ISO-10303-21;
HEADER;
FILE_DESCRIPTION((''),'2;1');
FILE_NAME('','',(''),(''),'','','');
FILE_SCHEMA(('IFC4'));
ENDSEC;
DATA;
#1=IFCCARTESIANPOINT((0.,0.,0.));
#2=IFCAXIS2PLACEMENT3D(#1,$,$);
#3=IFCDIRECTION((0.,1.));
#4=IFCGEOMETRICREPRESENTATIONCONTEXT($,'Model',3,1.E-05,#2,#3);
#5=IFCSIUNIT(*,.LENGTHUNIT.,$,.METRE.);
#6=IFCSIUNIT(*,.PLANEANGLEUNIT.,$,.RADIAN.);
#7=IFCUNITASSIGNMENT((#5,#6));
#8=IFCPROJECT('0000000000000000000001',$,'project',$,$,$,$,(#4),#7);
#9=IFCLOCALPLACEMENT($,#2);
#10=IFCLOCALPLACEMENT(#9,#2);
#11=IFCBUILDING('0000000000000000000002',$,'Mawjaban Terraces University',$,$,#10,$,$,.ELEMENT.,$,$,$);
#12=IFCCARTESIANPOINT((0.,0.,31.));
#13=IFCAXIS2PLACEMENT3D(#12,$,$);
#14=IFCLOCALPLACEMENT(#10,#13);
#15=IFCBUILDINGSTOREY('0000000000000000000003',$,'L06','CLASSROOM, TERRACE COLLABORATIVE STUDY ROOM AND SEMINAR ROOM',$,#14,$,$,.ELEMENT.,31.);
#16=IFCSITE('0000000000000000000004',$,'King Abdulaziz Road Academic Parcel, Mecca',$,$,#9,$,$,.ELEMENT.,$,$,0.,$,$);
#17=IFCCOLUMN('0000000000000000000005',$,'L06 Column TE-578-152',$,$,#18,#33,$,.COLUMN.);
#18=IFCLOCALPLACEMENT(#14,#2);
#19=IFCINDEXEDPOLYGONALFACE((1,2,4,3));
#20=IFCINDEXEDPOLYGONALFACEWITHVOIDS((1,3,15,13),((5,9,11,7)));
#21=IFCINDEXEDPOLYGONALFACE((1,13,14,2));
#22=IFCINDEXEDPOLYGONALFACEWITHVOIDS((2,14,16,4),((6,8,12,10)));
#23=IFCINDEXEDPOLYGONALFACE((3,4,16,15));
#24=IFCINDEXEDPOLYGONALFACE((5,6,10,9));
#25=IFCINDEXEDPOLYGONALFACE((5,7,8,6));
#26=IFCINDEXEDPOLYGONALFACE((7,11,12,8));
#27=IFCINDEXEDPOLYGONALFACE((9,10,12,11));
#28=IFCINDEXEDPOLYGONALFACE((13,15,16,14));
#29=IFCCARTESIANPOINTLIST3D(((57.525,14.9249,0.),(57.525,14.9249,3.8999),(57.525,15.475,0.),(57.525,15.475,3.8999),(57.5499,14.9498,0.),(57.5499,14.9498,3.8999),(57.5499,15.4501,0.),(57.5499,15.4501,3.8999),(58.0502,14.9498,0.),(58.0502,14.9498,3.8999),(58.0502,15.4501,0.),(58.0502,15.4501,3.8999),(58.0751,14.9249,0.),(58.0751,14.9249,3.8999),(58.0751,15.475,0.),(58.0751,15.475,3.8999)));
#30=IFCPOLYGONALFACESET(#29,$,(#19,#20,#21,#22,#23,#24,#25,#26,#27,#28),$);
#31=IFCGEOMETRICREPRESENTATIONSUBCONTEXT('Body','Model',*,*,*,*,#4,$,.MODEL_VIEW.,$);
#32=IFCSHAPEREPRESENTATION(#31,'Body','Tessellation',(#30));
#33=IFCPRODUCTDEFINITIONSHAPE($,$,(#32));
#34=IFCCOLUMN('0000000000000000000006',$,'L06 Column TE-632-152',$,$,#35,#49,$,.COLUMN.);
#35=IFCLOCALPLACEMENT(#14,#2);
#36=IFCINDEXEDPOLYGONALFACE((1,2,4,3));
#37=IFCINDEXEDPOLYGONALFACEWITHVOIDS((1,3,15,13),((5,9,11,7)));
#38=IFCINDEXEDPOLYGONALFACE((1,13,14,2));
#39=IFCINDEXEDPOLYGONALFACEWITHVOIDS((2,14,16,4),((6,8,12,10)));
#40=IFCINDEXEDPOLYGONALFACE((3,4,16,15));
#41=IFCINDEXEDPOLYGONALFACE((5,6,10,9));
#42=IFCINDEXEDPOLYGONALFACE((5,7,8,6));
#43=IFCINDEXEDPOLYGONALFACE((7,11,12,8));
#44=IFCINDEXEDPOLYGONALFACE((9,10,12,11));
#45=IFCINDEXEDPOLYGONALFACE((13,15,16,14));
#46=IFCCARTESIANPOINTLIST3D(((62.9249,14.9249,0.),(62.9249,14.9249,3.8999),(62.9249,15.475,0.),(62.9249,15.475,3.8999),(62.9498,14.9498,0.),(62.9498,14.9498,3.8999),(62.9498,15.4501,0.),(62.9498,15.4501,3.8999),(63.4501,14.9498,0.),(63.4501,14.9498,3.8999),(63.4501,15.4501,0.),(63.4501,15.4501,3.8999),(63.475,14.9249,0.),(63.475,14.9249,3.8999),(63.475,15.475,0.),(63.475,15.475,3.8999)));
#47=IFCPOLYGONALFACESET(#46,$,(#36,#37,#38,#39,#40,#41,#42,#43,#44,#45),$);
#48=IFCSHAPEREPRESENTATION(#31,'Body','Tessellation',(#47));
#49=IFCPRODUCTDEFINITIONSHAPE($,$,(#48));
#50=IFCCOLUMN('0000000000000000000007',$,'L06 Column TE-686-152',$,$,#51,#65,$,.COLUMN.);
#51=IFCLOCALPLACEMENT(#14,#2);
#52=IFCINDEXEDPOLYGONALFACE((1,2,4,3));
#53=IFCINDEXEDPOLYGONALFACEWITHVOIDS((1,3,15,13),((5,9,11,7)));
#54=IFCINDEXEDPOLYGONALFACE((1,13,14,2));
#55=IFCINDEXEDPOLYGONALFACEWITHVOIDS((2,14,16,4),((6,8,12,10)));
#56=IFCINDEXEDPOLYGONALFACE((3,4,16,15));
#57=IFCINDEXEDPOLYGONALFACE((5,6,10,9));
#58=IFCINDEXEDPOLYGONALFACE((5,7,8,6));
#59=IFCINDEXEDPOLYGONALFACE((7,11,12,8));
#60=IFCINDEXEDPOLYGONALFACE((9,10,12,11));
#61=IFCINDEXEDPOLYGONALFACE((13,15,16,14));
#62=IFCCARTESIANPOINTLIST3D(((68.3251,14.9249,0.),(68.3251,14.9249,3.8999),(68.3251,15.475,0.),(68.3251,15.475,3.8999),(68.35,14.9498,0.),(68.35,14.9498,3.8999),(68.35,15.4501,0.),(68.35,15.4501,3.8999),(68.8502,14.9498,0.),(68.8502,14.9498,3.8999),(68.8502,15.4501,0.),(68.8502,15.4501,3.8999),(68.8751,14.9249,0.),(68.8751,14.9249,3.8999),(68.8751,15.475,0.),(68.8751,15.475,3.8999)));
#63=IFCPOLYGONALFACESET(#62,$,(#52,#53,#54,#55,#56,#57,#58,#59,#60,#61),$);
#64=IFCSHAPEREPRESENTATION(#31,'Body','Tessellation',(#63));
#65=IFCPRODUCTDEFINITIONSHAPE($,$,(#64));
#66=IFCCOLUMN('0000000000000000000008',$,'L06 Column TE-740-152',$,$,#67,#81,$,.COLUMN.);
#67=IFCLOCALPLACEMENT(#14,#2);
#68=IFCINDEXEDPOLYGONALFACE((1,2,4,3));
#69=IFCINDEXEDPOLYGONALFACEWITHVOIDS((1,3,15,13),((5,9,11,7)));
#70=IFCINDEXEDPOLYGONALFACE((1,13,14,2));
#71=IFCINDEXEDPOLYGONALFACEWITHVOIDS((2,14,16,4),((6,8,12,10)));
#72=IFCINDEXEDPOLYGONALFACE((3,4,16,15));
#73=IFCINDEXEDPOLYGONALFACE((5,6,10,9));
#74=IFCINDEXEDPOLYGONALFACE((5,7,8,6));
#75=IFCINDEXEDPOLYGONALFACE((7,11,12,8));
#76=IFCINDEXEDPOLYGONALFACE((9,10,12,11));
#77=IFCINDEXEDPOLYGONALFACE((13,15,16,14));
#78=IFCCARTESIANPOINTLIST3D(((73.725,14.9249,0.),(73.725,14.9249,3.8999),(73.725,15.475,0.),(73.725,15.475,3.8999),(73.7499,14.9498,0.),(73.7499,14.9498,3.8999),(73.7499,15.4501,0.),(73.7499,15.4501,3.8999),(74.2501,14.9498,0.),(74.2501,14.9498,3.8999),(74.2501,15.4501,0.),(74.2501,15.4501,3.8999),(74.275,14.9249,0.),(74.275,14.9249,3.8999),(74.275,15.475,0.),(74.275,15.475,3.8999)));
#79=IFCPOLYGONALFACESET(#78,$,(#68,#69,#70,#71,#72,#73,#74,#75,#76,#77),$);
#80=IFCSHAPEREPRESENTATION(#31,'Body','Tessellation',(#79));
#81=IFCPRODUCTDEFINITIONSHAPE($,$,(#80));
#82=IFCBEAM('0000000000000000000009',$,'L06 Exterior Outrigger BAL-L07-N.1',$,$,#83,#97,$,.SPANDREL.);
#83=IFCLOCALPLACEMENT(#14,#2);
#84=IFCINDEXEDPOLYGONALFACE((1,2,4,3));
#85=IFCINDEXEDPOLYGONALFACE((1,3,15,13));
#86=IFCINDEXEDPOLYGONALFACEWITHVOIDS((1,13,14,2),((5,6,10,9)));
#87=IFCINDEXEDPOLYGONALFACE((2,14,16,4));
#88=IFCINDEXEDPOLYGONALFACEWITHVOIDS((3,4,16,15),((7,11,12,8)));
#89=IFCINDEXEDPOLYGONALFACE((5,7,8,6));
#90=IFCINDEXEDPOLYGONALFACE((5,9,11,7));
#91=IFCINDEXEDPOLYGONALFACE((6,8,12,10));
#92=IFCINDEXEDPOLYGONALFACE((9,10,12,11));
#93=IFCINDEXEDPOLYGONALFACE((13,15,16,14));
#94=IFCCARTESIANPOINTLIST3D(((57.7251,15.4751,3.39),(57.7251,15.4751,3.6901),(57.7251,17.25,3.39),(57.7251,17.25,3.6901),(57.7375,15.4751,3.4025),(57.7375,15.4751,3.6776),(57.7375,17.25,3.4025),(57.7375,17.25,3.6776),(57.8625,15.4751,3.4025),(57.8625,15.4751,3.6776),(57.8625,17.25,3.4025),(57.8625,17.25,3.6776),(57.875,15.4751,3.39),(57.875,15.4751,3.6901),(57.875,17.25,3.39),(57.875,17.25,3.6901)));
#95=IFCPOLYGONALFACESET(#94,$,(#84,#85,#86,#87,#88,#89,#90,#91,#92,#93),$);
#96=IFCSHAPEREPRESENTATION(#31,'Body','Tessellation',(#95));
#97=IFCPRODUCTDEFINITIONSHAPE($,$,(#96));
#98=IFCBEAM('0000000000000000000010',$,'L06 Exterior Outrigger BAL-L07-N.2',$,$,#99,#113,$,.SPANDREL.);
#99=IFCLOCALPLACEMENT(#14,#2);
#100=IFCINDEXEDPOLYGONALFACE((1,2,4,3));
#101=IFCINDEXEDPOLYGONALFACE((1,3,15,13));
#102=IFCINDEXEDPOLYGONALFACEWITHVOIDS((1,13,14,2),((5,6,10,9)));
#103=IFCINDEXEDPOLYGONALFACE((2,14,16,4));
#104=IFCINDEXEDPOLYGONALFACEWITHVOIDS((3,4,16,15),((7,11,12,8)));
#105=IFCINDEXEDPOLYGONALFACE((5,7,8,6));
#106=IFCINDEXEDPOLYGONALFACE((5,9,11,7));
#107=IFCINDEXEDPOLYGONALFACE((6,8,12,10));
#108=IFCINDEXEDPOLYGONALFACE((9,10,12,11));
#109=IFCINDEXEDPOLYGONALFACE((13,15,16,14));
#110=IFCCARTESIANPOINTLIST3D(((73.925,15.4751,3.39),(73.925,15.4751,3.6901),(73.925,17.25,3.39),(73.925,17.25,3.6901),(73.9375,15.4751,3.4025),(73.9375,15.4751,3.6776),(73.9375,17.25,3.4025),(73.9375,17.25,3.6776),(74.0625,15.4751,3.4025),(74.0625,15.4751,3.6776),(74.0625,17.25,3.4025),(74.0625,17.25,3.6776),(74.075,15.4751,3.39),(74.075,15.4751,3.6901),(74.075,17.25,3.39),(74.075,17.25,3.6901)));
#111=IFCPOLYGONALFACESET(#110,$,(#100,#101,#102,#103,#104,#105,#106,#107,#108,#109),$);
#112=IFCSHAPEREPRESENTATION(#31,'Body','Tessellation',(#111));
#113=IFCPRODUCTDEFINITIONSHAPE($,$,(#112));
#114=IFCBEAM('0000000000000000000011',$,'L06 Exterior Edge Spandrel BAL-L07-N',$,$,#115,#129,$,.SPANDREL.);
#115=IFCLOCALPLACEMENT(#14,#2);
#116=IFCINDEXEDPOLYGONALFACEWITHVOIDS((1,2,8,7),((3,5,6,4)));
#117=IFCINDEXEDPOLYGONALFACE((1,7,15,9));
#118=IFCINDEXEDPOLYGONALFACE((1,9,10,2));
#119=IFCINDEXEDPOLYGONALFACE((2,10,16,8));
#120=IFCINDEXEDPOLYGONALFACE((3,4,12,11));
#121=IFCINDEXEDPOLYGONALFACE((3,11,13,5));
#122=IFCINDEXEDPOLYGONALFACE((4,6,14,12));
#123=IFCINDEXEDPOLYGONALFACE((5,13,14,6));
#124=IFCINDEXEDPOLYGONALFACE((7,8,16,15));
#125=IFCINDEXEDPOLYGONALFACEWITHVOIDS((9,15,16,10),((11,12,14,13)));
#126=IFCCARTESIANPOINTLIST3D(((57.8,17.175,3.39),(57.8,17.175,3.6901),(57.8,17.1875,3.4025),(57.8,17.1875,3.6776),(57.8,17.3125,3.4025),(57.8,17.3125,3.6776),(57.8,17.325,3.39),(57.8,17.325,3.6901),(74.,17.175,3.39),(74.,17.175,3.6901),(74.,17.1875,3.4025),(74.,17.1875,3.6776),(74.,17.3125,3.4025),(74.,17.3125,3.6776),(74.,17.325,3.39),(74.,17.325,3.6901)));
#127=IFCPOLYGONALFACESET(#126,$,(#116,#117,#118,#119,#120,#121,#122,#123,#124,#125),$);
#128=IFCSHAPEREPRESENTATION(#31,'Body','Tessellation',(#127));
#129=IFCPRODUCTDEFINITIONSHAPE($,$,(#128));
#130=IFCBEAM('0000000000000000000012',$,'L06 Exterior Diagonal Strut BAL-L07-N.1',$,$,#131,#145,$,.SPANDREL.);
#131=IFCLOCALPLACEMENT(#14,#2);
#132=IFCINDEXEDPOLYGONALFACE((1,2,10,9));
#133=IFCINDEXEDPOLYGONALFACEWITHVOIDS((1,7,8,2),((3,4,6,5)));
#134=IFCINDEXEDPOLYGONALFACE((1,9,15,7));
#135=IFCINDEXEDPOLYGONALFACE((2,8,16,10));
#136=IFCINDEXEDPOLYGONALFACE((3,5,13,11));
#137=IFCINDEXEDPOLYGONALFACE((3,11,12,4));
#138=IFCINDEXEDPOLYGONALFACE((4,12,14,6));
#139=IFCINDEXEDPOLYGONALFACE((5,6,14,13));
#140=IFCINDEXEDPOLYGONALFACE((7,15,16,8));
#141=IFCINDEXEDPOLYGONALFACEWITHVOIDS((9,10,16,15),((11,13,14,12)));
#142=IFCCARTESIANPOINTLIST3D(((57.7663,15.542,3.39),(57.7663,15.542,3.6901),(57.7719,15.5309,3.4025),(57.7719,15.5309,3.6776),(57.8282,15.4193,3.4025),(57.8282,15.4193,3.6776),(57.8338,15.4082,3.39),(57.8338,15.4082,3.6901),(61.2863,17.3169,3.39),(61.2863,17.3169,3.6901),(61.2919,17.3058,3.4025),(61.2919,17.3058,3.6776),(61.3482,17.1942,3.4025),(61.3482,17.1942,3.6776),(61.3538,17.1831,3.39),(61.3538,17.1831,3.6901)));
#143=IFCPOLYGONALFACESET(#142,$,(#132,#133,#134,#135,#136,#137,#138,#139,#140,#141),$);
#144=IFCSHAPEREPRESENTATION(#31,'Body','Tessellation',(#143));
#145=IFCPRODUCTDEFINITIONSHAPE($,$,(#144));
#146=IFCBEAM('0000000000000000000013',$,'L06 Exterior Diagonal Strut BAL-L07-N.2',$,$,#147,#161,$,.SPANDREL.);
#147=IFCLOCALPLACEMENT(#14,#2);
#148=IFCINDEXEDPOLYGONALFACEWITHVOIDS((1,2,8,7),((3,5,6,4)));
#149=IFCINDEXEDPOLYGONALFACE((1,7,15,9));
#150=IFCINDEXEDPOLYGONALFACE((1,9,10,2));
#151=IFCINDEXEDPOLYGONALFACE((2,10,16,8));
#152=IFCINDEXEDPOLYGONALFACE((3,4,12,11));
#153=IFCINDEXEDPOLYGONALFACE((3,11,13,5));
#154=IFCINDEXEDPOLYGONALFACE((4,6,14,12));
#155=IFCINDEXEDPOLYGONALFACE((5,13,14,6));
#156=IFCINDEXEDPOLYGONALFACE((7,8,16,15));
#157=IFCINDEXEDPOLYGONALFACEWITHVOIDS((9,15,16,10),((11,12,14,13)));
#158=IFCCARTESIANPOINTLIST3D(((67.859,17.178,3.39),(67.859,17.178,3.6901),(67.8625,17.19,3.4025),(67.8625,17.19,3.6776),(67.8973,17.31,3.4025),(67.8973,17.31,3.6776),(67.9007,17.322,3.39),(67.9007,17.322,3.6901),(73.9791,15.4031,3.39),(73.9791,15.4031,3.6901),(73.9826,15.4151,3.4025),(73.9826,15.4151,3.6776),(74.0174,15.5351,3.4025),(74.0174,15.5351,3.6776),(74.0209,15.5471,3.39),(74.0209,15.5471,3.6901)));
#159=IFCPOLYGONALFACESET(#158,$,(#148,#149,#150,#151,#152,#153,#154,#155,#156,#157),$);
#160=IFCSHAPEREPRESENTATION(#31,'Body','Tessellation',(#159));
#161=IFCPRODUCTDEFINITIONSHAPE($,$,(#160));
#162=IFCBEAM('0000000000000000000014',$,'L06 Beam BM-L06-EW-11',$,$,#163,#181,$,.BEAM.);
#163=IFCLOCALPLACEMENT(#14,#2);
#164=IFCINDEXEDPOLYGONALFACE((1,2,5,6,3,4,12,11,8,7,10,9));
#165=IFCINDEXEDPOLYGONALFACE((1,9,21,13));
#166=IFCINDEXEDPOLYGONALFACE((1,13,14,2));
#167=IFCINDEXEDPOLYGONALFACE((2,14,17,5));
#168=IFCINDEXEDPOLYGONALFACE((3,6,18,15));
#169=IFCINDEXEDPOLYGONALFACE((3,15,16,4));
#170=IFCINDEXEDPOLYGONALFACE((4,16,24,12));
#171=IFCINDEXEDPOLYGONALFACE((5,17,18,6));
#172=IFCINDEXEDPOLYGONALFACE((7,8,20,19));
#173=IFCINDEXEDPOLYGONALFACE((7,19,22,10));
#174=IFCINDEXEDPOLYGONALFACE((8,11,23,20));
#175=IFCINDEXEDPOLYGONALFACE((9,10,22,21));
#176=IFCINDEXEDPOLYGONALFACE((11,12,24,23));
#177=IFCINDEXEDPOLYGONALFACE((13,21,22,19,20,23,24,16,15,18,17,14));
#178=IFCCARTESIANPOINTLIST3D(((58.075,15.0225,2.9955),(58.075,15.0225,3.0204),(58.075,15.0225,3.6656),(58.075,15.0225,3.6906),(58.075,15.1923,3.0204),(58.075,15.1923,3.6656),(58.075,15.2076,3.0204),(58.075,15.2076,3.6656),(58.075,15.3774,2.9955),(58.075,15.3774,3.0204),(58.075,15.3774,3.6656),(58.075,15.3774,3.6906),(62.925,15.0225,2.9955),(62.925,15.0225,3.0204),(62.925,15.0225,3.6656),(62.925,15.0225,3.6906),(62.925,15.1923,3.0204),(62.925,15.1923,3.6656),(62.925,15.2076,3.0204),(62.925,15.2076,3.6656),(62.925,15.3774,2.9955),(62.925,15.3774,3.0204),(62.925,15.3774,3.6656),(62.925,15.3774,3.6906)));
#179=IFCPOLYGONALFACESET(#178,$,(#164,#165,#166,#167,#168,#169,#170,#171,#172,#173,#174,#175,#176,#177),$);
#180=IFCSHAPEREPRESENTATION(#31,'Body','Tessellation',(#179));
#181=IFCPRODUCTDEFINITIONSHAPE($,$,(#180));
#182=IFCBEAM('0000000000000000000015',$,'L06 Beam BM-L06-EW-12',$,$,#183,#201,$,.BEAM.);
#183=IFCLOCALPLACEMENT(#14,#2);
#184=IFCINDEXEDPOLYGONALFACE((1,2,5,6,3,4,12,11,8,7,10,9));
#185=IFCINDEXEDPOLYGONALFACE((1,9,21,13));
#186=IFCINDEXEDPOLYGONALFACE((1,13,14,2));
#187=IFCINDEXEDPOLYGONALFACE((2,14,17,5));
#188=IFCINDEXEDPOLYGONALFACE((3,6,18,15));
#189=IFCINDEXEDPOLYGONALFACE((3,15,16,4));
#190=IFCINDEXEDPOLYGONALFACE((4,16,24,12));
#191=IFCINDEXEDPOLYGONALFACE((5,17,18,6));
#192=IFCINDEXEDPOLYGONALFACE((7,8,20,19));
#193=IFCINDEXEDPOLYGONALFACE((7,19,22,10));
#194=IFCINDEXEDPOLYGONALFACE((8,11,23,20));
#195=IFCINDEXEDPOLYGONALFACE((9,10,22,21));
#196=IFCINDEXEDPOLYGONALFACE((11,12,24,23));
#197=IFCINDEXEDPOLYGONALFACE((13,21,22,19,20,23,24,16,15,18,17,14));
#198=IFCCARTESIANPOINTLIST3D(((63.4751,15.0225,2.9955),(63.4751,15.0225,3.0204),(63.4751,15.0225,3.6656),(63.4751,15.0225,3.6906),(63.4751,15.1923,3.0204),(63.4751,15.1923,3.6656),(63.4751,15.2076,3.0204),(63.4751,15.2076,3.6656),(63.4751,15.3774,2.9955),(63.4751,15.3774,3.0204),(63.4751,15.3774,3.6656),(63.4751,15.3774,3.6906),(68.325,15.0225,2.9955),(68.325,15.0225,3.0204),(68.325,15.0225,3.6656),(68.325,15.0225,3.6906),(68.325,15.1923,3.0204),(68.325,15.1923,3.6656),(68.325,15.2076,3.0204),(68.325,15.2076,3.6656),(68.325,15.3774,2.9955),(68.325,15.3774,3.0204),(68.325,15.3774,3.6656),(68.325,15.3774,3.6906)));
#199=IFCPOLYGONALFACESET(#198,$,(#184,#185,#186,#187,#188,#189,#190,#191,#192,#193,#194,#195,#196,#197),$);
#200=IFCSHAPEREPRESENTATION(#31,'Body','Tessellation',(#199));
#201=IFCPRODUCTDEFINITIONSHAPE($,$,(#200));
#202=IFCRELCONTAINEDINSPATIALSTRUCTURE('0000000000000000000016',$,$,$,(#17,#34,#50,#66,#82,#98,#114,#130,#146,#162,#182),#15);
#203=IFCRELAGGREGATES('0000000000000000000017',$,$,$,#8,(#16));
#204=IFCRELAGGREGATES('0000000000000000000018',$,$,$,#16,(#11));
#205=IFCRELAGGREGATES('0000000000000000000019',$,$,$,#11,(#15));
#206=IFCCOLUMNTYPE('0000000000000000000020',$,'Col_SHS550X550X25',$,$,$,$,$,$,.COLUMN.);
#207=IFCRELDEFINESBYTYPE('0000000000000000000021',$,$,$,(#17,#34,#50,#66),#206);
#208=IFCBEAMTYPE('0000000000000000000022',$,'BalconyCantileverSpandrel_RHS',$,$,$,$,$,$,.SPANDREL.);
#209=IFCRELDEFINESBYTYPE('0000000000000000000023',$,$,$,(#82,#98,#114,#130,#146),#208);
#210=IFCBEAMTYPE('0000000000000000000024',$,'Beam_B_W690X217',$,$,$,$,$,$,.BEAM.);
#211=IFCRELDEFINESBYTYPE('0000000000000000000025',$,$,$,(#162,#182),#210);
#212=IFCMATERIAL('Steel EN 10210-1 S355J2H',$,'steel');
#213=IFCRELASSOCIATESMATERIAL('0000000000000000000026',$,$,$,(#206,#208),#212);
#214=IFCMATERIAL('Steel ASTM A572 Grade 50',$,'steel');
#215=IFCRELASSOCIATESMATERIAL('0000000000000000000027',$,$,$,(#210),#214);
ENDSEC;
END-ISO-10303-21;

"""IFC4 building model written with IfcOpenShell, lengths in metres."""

from ifc_helpers import new_model, si_unit, direction, frame, origin, origin_2d, place, context, subcontext, project, spatial, hollow_rectangle, i_section, extrude, material, material_profile, profile_set, type_object, element, save


model = new_model("IFC4")

# Units and contexts
model_context = context("Model", 3, precision=1e-05, world=origin(), true_north=direction((0.0, 1.0)))
body_context = subcontext(model_context, "Body", "Model", "MODEL_VIEW")
ifc_project = project(units=[si_unit("LENGTHUNIT", "METRE"), si_unit("PLANEANGLEUNIT", "RADIAN")], contexts=[model_context])

# Site, building, storey
site_placement = place(None, origin())
site = spatial("IfcSite", under=ifc_project, at=site_placement, Name="King Abdulaziz Road Academic Parcel, Mecca", CompositionType="ELEMENT", RefElevation=0.0)
building_placement = place(site_placement, origin())
building = spatial("IfcBuilding", under=site, at=building_placement, Name="Mawjaban Terraces University", CompositionType="ELEMENT")
storey_placement = place(building_placement, frame((0.0, 0.0, 31.0)))
storey = spatial("IfcBuildingStorey", under=building, at=storey_placement, Name="L06", Description="CLASSROOM, TERRACE COLLABORATIVE STUDY ROOM AND SEMINAR ROOM", CompositionType="ELEMENT", Elevation=31.0)

# Columns
ifc_material_1 = material(Name="Steel EN 10210-1 S355J2H", Category="steel")
ifc_material_profile_1 = material_profile(ifc_material_1, hollow_rectangle(XDim=0.55, YDim=0.55, WallThickness=0.0249, at=origin_2d()), Name="SHS550X550X25")
ifc_profile_set_1 = profile_set([ifc_material_profile_1], Name="Steel EN 10210-1 S355J2H")
column_type = type_object("IfcColumnType", Name="Col_SHS550X550X25", PredefinedType="COLUMN", material=ifc_profile_set_1)
for number, where, z_axis, x_axis, name in (
    (1, (57.8, 15.2, 0.0), (0.0, 0.0, 1.0), (1.0, 0.0, 0.0), "L06 Column TE-578-152"),
    (2, (63.2, 15.2, 0.0), (0.0, 0.0, 1.0), (1.0, 0.0, 0.0), "L06 Column TE-632-152"),
    (3, (68.6001, 15.2, 0.0), (0.0, 0.0, 1.0), (1.0, 0.0, 0.0), "L06 Column TE-686-152"),
    (4, (74.0, 15.2, 0.0), (0.0, 0.0, 1.0), (1.0, 0.0, 0.0), "L06 Column TE-740-152"),
):
    element("IfcColumn", number, at=place(storey_placement, frame(where, z_axis=z_axis, x_axis=x_axis)), inside=storey, type_object=column_type, Name=name, PredefinedType="COLUMN", context=body_context, shape_type="SweptSolid", body=[
        extrude(hollow_rectangle(XDim=0.55, YDim=0.55, WallThickness=0.0249, at=origin_2d()), origin(), (0.0, 0.0, 1.0), 3.8999),
    ])

# Beams
ifc_material_profile_2 = material_profile(ifc_material_1, hollow_rectangle(XDim=0.1499, YDim=0.3, WallThickness=0.0125, at=origin_2d()), Name="RHS300X150X12.5")
ifc_profile_set_2 = profile_set([ifc_material_profile_2], Name="Steel EN 10210-1 S355J2H")
beam_type_1 = type_object("IfcBeamType", Name="BalconyCantileverSpandrel_RHS", PredefinedType="SPANDREL", material=ifc_profile_set_2)
for number, where, z_axis, x_axis, name in (
    (5, (57.8, 15.4751, 3.54), (0.0, 1.0, 0.0), (-1.0, 0.0, 0.0), "L06 Exterior Outrigger BAL-L07-N.1"),
    (6, (74.0, 15.4751, 3.54), (0.0, 1.0, 0.0), (-1.0, 0.0, 0.0), "L06 Exterior Outrigger BAL-L07-N.2"),
):
    element("IfcBeam", number, at=place(storey_placement, frame(where, z_axis=z_axis, x_axis=x_axis)), inside=storey, type_object=beam_type_1, Name=name, PredefinedType="SPANDREL", context=body_context, shape_type="SweptSolid", body=[
        extrude(hollow_rectangle(XDim=0.1499, YDim=0.3, WallThickness=0.0125, at=origin_2d()), origin(), (0.0, 0.0, 1.0), 1.7749),
    ])
beam_1_placement = place(storey_placement, frame((57.8, 17.25, 3.54), z_axis=(1.0, 0.0, 0.0), x_axis=(0.0, 1.0, 0.0)))
element("IfcBeam", 7, at=beam_1_placement, inside=storey, type_object=beam_type_1, Name="L06 Exterior Edge Spandrel BAL-L07-N", PredefinedType="SPANDREL", context=body_context, shape_type="SweptSolid", body=[
    extrude(hollow_rectangle(XDim=0.1499, YDim=0.3, WallThickness=0.0125, at=origin_2d()), origin(), (0.0, 0.0, 1.0), 16.2),
])
beam_2_placement = place(storey_placement, frame((57.8, 15.4751, 3.54), z_axis=(0.892911, 0.450233, 0.0), x_axis=(-0.450233, 0.892911, 0.0)))
element("IfcBeam", 8, at=beam_2_placement, inside=storey, type_object=beam_type_1, Name="L06 Exterior Diagonal Strut BAL-L07-N.1", PredefinedType="SPANDREL", context=body_context, shape_type="SweptSolid", body=[
    extrude(hollow_rectangle(XDim=0.1499, YDim=0.3, WallThickness=0.0125, at=origin_2d()), origin(), (0.0, 0.0, 1.0), 3.9421),
])
beam_3_placement = place(storey_placement, frame((74.0, 15.4751, 3.54), z_axis=(-0.960426, 0.278534, 0.0), x_axis=(-0.278534, -0.960426, 0.0)))
element("IfcBeam", 9, at=beam_3_placement, inside=storey, type_object=beam_type_1, Name="L06 Exterior Diagonal Strut BAL-L07-N.2", PredefinedType="SPANDREL", context=body_context, shape_type="SweptSolid", body=[
    extrude(hollow_rectangle(XDim=0.1499, YDim=0.3, WallThickness=0.0125, at=origin_2d()), origin(), (0.0, 0.0, 1.0), 6.3723),
])
ifc_material_2 = material(Name="Steel ASTM A572 Grade 50", Category="steel")
ifc_material_profile_3 = material_profile(ifc_material_2, i_section(OverallWidth=0.355, OverallDepth=0.6951, WebThickness=0.0154, FlangeThickness=0.0249, at=origin_2d()), Name="W690X217")
ifc_profile_set_3 = profile_set([ifc_material_profile_3], Name="Steel ASTM A572 Grade 50")
beam_type_2 = type_object("IfcBeamType", Name="Beam_B_W690X217", PredefinedType="BEAM", material=ifc_profile_set_3)
beam_4_placement = place(storey_placement, frame((58.075, 15.2, 3.343), z_axis=(1.0, 0.0, 0.0), x_axis=(0.0, 1.0, 0.0)))
element("IfcBeam", 10, at=beam_4_placement, inside=storey, type_object=beam_type_2, Name="L06 Beam BM-L06-EW-11", PredefinedType="BEAM", context=body_context, shape_type="SweptSolid", body=[
    extrude(i_section(OverallWidth=0.355, OverallDepth=0.6951, WebThickness=0.0154, FlangeThickness=0.0249, at=origin_2d()), origin(), (0.0, 0.0, 1.0), 4.8501),
])
beam_5_placement = place(storey_placement, frame((63.4751, 15.2, 3.343), z_axis=(1.0, 0.0, 0.0), x_axis=(0.0, 1.0, 0.0)))
element("IfcBeam", 11, at=beam_5_placement, inside=storey, type_object=beam_type_2, Name="L06 Beam BM-L06-EW-12", PredefinedType="BEAM", context=body_context, shape_type="SweptSolid", body=[
    extrude(i_section(OverallWidth=0.355, OverallDepth=0.6951, WebThickness=0.0154, FlangeThickness=0.0249, at=origin_2d()), origin(), (0.0, 0.0, 1.0), 4.8499),
])

save(model, "model.ifc")
